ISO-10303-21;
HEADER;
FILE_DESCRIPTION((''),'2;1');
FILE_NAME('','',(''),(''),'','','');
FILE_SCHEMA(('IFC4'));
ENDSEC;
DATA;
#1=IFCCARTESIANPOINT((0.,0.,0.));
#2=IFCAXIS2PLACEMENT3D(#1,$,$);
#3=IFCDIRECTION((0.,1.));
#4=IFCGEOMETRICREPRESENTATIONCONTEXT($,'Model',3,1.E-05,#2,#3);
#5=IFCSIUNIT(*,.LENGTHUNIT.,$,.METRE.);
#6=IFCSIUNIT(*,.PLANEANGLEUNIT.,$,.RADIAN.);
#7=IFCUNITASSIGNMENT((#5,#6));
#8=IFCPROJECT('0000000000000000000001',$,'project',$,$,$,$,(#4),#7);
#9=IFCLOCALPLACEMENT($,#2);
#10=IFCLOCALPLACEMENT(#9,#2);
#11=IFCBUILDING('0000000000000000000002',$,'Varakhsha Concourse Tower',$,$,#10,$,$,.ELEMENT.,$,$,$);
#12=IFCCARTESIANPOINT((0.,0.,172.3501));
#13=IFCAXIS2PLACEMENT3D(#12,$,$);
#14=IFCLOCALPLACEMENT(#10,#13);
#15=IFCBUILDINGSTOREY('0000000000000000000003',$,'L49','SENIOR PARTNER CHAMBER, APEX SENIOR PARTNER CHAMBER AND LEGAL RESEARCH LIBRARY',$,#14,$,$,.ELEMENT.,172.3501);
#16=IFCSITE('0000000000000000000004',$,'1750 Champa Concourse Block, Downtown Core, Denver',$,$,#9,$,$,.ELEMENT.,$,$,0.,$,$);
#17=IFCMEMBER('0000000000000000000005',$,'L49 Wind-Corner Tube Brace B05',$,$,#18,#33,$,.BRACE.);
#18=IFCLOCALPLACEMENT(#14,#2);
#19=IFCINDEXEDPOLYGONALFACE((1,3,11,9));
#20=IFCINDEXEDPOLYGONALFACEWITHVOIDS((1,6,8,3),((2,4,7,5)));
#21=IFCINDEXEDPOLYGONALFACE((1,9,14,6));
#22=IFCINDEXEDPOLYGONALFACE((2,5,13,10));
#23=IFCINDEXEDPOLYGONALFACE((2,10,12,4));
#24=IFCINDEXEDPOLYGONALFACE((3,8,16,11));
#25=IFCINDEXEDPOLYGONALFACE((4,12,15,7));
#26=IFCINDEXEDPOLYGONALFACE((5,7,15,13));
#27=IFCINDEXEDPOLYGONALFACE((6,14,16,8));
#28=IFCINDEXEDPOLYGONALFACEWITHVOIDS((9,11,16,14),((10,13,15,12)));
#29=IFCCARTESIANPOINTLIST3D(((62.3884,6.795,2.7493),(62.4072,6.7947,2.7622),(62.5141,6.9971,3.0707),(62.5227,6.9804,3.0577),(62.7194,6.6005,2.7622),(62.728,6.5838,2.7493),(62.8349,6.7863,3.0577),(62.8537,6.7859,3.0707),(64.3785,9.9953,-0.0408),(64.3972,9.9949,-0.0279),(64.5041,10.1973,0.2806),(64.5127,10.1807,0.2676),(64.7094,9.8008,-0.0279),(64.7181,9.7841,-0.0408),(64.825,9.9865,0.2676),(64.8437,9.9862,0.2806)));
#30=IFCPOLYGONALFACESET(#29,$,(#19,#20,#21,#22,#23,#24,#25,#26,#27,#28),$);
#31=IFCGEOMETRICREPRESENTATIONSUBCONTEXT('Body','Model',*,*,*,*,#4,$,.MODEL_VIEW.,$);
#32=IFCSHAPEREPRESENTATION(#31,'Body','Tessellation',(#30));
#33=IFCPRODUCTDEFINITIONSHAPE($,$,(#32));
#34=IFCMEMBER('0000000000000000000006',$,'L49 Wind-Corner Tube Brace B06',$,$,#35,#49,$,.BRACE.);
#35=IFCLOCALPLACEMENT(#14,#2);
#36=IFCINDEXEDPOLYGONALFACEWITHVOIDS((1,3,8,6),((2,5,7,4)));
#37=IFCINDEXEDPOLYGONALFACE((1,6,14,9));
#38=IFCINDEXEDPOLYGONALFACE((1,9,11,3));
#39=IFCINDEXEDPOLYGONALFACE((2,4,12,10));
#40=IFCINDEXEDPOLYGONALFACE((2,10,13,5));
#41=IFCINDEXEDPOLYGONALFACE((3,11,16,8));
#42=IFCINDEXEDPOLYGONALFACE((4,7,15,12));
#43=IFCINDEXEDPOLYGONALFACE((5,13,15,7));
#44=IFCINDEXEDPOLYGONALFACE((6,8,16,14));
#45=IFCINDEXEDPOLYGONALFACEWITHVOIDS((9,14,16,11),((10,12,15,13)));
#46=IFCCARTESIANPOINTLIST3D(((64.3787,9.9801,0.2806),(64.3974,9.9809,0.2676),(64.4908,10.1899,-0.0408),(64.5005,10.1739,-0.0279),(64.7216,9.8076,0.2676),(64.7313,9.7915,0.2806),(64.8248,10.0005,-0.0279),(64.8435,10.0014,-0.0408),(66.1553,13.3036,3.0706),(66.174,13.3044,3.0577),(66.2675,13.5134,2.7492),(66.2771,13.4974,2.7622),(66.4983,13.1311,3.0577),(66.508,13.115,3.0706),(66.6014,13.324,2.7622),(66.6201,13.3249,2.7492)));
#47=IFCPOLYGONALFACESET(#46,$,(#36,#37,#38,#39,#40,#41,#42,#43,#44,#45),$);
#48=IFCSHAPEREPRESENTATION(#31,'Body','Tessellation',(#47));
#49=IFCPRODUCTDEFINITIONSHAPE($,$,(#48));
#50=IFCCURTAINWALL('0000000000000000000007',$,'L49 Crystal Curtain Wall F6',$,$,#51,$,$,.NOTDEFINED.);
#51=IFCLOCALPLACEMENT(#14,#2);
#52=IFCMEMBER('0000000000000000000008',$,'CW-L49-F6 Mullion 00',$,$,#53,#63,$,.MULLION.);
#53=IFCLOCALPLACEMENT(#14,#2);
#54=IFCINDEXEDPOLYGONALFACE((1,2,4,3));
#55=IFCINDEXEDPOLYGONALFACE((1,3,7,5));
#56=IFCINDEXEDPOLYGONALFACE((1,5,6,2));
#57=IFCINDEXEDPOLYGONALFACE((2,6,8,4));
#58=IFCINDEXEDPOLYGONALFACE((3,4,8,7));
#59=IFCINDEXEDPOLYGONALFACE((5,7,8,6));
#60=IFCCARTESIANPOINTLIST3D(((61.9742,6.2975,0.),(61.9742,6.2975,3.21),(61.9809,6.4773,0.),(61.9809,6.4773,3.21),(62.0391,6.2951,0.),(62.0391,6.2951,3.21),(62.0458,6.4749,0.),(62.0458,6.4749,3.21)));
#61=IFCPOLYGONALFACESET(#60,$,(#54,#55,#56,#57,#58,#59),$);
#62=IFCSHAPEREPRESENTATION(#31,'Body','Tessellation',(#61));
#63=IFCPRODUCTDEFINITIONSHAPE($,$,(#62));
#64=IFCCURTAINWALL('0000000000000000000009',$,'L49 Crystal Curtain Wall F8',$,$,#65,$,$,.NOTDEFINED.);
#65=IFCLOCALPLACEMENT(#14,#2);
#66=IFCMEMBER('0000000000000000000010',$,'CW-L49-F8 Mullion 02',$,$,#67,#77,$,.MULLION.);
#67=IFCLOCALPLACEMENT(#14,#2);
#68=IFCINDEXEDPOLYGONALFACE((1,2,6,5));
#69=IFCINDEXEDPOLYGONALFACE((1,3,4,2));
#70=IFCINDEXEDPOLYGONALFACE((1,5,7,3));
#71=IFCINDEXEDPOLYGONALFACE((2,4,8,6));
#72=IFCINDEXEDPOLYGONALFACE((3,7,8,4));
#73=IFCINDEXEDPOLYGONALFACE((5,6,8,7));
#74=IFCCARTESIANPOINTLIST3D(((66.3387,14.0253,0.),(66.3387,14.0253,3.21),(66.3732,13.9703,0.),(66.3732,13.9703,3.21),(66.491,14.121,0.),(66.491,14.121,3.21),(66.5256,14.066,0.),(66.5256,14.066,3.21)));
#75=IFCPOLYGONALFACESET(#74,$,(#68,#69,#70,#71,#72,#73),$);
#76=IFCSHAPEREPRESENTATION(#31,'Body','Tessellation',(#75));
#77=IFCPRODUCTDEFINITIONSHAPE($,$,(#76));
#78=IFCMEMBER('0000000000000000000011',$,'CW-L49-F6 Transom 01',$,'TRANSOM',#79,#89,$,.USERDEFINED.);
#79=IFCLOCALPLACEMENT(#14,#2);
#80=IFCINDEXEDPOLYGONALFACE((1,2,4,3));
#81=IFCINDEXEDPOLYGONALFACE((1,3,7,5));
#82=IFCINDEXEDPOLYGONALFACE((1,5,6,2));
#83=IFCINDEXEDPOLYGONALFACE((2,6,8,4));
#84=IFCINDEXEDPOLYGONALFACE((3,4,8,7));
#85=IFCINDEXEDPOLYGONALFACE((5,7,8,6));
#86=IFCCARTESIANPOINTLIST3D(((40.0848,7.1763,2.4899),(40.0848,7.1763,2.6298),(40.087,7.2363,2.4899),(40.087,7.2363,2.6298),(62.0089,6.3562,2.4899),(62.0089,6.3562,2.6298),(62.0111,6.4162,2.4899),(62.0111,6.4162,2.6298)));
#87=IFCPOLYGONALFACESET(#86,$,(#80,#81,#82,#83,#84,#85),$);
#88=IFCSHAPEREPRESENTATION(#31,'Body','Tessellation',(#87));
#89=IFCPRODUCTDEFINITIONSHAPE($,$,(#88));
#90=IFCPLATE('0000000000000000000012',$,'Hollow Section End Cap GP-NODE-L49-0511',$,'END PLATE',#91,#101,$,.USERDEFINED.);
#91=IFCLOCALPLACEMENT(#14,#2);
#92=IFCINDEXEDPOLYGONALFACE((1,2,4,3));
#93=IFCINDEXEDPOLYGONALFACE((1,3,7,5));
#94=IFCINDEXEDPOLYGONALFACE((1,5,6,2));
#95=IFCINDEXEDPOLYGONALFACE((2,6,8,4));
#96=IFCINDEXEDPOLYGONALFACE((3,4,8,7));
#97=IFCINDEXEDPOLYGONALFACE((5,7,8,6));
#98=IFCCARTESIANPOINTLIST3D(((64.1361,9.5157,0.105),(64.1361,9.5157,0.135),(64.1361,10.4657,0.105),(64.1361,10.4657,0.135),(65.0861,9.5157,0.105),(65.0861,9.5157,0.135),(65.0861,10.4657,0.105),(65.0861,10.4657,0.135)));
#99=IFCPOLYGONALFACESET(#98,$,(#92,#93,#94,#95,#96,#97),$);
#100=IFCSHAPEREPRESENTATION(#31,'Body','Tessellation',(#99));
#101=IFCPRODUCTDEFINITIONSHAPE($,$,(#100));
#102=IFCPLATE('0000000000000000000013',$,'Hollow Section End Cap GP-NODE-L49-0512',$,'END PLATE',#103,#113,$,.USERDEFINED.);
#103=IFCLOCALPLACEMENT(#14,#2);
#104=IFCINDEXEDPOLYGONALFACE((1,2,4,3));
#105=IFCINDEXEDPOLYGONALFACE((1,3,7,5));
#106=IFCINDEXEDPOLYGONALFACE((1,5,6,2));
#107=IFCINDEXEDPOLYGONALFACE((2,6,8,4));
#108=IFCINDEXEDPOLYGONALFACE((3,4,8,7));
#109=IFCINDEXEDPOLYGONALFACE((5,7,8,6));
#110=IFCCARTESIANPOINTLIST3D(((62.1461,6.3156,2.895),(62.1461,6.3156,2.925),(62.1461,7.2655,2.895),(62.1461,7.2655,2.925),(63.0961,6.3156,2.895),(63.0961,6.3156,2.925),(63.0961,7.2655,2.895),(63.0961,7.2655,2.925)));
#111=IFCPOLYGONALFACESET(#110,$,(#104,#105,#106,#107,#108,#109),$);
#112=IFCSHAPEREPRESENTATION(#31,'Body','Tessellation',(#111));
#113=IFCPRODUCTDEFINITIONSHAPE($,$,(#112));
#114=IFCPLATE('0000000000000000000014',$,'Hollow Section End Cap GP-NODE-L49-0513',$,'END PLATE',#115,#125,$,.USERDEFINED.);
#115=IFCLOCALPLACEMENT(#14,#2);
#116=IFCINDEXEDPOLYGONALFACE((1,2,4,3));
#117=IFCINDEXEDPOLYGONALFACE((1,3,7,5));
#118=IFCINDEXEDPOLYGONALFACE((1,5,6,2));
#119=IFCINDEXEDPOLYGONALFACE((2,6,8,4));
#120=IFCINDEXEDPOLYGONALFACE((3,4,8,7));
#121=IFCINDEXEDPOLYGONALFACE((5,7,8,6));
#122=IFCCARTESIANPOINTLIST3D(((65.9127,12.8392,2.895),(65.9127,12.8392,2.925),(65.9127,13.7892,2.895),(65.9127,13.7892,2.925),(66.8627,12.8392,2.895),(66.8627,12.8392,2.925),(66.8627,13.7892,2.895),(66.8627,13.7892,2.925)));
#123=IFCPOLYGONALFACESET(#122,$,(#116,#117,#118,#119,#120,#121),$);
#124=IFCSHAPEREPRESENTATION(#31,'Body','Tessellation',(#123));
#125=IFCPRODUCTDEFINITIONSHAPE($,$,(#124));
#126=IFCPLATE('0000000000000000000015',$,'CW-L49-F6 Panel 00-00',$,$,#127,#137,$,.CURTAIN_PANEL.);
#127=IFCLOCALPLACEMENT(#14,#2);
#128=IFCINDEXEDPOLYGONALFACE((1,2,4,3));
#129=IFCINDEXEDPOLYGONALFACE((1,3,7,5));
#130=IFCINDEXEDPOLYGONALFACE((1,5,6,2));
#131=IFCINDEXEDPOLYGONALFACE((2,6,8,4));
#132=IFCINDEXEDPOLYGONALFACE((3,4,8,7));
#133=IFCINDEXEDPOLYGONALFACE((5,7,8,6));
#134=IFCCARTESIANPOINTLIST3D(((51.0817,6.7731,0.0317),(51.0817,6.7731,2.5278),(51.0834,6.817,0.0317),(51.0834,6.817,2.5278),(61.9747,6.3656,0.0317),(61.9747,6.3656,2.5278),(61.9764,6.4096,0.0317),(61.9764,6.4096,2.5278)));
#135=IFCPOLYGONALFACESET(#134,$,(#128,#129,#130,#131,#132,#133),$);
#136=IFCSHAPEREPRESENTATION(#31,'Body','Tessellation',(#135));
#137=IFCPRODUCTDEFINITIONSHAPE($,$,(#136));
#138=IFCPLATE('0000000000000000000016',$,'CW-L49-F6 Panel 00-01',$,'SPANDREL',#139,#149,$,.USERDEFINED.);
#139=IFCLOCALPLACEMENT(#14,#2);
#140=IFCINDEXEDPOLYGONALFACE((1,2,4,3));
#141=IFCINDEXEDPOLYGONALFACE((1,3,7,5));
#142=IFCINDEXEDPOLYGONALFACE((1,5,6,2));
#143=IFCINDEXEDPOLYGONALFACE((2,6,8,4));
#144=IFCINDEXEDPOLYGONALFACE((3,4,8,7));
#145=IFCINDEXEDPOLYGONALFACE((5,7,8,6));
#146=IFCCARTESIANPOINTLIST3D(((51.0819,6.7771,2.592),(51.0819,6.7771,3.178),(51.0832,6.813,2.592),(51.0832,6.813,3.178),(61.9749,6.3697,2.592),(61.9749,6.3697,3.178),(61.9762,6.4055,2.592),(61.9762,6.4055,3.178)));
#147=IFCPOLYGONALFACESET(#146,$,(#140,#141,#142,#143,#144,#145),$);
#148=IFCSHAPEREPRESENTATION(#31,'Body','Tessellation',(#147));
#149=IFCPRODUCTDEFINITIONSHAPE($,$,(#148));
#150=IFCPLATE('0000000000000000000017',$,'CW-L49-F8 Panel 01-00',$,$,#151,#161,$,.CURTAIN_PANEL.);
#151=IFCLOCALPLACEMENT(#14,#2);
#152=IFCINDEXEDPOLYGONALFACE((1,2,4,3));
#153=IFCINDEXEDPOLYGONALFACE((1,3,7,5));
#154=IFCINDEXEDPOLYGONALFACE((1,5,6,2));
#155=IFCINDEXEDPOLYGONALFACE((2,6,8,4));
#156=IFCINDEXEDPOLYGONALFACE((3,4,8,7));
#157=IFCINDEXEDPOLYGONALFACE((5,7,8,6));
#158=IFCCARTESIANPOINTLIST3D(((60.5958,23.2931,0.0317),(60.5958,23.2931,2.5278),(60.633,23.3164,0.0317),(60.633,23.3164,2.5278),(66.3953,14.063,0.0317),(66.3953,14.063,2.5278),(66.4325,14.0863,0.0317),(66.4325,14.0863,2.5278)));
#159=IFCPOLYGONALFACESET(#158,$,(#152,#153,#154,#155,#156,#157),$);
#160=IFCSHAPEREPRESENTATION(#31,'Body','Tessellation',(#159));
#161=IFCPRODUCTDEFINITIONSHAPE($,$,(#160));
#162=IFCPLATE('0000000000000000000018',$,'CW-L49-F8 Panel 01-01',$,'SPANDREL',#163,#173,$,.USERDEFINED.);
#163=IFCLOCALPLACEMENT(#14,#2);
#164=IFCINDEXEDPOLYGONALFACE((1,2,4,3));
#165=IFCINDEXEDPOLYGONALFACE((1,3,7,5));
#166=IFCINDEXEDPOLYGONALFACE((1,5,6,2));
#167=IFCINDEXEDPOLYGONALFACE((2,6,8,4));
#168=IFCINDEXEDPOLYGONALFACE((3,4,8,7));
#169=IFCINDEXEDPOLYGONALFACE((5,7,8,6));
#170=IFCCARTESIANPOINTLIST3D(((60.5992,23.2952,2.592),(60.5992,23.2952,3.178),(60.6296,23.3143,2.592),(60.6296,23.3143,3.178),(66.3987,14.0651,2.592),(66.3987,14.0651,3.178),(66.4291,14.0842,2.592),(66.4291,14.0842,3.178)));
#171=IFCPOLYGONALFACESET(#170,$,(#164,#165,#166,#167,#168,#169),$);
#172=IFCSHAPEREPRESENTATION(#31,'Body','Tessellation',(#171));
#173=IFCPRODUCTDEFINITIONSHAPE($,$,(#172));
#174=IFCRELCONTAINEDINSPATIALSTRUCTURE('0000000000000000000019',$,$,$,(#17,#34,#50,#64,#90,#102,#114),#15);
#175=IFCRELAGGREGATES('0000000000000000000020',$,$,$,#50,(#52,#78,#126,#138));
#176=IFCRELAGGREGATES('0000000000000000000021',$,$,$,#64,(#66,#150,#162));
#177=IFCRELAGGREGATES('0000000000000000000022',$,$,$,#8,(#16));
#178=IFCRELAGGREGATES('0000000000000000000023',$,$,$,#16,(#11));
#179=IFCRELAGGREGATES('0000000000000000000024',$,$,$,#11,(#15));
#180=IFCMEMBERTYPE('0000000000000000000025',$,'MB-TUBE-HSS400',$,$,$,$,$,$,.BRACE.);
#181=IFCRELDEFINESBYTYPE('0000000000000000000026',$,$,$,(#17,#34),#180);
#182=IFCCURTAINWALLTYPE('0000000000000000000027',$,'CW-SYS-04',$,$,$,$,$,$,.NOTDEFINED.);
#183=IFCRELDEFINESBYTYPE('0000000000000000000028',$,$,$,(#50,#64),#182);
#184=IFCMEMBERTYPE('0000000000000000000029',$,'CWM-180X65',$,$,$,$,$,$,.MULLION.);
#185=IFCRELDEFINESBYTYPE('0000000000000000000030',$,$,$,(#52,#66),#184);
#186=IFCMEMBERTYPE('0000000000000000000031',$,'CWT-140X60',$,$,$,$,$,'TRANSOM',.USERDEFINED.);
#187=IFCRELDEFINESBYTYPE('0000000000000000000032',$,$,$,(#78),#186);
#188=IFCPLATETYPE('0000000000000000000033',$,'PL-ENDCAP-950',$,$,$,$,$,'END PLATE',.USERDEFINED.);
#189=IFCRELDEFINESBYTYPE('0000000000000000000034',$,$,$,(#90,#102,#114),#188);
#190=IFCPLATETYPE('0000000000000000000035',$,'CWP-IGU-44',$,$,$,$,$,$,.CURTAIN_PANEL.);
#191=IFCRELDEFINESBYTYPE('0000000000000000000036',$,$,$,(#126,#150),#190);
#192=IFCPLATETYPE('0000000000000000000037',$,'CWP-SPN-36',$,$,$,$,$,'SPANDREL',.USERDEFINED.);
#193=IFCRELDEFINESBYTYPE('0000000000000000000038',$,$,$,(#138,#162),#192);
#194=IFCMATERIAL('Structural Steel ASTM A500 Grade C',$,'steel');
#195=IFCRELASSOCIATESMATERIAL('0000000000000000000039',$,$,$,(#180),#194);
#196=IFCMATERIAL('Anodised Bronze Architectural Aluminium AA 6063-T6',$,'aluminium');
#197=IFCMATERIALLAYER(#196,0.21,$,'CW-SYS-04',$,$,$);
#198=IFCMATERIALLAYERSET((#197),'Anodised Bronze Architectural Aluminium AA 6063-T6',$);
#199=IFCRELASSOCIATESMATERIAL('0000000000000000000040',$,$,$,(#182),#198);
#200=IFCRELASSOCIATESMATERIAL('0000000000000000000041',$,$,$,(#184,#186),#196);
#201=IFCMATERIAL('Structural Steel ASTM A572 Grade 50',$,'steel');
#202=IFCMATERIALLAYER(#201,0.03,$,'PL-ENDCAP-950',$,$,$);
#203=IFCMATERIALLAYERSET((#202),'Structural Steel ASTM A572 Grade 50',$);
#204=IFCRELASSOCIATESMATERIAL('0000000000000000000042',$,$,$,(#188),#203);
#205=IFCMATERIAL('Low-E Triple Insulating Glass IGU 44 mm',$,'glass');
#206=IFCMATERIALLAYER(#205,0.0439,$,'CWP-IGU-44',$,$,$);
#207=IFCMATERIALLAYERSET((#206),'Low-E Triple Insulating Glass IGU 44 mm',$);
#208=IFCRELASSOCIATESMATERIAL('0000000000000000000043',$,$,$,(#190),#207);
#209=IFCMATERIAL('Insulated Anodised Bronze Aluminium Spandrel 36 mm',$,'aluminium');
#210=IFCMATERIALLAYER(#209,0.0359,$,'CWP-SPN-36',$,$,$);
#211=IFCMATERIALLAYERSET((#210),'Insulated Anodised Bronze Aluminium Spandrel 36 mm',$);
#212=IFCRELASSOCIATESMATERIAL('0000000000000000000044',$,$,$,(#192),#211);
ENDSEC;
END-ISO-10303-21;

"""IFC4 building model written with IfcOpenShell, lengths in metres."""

from ifc_helpers import new_model, si_unit, direction, frame, origin, origin_2d, place, context, subcontext, project, spatial, rectangle, hollow_rectangle, extrude, source, transform, mapped, material, layer, layer_set, material_profile, profile_set, type_object, type_shapes, element, aggregate, save


model = new_model("IFC4")

# Units and contexts
model_context = context("Model", 3, precision=1e-05, world=origin(), true_north=direction((0.0, 1.0)))
body_context = subcontext(model_context, "Body", "Model", "MODEL_VIEW")
ifc_project = project(units=[si_unit("LENGTHUNIT", "METRE"), si_unit("PLANEANGLEUNIT", "RADIAN")], contexts=[model_context])

# Site, building, storey
site_placement = place(None, origin())
site = spatial("IfcSite", under=ifc_project, at=site_placement, Name="1750 Champa Concourse Block, Downtown Core, Denver", CompositionType="ELEMENT", RefElevation=0.0)
building_placement = place(site_placement, origin())
building = spatial("IfcBuilding", under=site, at=building_placement, Name="Varakhsha Concourse Tower", CompositionType="ELEMENT")
storey_placement = place(building_placement, frame((0.0, 0.0, 172.3501)))
storey = spatial("IfcBuildingStorey", under=building, at=storey_placement, Name="L49", Description="SENIOR PARTNER CHAMBER, APEX SENIOR PARTNER CHAMBER AND LEGAL RESEARCH LIBRARY", CompositionType="ELEMENT", Elevation=172.3501)

# Shared definitions
ifc_material_1 = material(Name="Structural Steel ASTM A572 Grade 50", Category="steel")

# Members
ifc_material_2 = material(Name="Structural Steel ASTM A500 Grade C", Category="steel")
ifc_material_profile_1 = material_profile(ifc_material_2, hollow_rectangle(XDim=0.3999, YDim=0.3999, WallThickness=0.0161, at=origin_2d()), Name="HSS 400x400x16")
ifc_profile_set_1 = profile_set([ifc_material_profile_1], Name="Structural Steel ASTM A500 Grade C")
member_type_1 = type_object("IfcMemberType", Name="MB-TUBE-HSS400", PredefinedType="BRACE", material=ifc_profile_set_1)
shared_shape_1 = source(origin(), body_context, "Body", "SweptSolid", [
    extrude(hollow_rectangle(XDim=0.3999, YDim=0.3999, WallThickness=0.0161, at=origin_2d()), origin(), (0.0, 0.0, 1.0), 4.689),
])
type_shapes(member_type_1, [shared_shape_1])
for number, where, z_axis, x_axis, name in (
    (1, (64.6111, 9.9907, 0.1199), (-0.424406, -0.682507, 0.595033), (0.849204, -0.528064, 0.0), "L49 Wind-Corner Tube Brace B05"),
    (2, (64.6111, 9.9907, 0.1199), (0.378893, 0.708792, 0.595025), (-0.881902, 0.471432, 0.0), "L49 Wind-Corner Tube Brace B06"),
):
    element("IfcMember", number, at=place(storey_placement, frame(where, z_axis=z_axis, x_axis=x_axis)), inside=storey, type_object=member_type_1, Name=name, PredefinedType="BRACE", context=body_context, shape_type="MappedRepresentation", body=[
        mapped(shared_shape_1, transform((0.0, 0.0, 0.0), scale=1.0)),
    ])

# Curtain walls, members
ifc_material_3 = material(Name="Anodised Bronze Architectural Aluminium AA 6063-T6", Category="aluminium")
ifc_layer_1 = layer(ifc_material_3, 0.21, Name="CW-SYS-04")
ifc_layer_set_1 = layer_set([ifc_layer_1], Name="Anodised Bronze Architectural Aluminium AA 6063-T6")
curtain_wall_type = type_object("IfcCurtainWallType", Name="CW-SYS-04", PredefinedType="NOTDEFINED", material=ifc_layer_set_1)
curtain_wall_1_placement = place(storey_placement, origin())
curtain_wall_1 = element("IfcCurtainWall", 3, at=curtain_wall_1_placement, inside=storey, type_object=curtain_wall_type, Name="L49 Crystal Curtain Wall F6", PredefinedType="NOTDEFINED")
ifc_material_profile_2 = material_profile(ifc_material_3, rectangle(XDim=0.0649, YDim=0.1799, at=origin_2d()), Name="CWM-180X65")
ifc_profile_set_2 = profile_set([ifc_material_profile_2], Name="Anodised Bronze Architectural Aluminium AA 6063-T6")
member_type_2 = type_object("IfcMemberType", Name="CWM-180X65", PredefinedType="MULLION", material=ifc_profile_set_2)
shared_shape_2 = source(origin(), body_context, "Body", "SweptSolid", [
    extrude(rectangle(XDim=0.0649, YDim=0.1799, at=origin_2d()), origin(), (0.0, 0.0, 1.0), 3.21),
])
type_shapes(member_type_2, [shared_shape_2])
member_1_placement = place(storey_placement, frame((62.01, 6.3862, 0.0), z_axis=(0.0, 0.0, 1.0), x_axis=(-0.999301, 0.037376, 0.0)))
member_1 = element("IfcMember", 4, at=member_1_placement, type_object=member_type_2, Name="CW-L49-F6 Mullion 00", PredefinedType="MULLION", context=body_context, shape_type="MappedRepresentation", body=[
    mapped(shared_shape_2, transform((0.0, 0.0, 0.0), scale=1.0)),
])
curtain_wall_2_placement = place(storey_placement, origin())
curtain_wall_2 = element("IfcCurtainWall", 5, at=curtain_wall_2_placement, inside=storey, type_object=curtain_wall_type, Name="L49 Crystal Curtain Wall F8", PredefinedType="NOTDEFINED")
member_2_placement = place(storey_placement, frame((66.4321, 14.0457, 0.0), z_axis=(0.0, 0.0, 1.0), x_axis=(0.532022, -0.84673, 0.0)))
member_2 = element("IfcMember", 6, at=member_2_placement, type_object=member_type_2, Name="CW-L49-F8 Mullion 02", PredefinedType="MULLION", context=body_context, shape_type="MappedRepresentation", body=[
    mapped(shared_shape_2, transform((0.0, 0.0, 0.0), scale=1.0)),
])

# Member
ifc_material_profile_3 = material_profile(ifc_material_3, rectangle(XDim=0.0601, YDim=0.1399, at=origin_2d()), Name="CWT-140X60")
ifc_profile_set_3 = profile_set([ifc_material_profile_3], Name="Anodised Bronze Architectural Aluminium AA 6063-T6")
member_type_3 = type_object("IfcMemberType", Name="CWT-140X60", ElementType="TRANSOM", PredefinedType="USERDEFINED", material=ifc_profile_set_3)
shared_shape_3 = source(origin(), body_context, "Body", "SweptSolid", [
    extrude(rectangle(XDim=0.0601, YDim=0.1399, at=origin_2d()), origin(), (0.0, 0.0, 1.0), 21.9395),
])
type_shapes(member_type_3, [shared_shape_3])
member_3_placement = place(storey_placement, frame((62.01, 6.3862, 2.5598), z_axis=(-0.999301, 0.037379, 0.0), x_axis=(-0.037379, -0.999301, 0.0)))
member_3 = element("IfcMember", 7, at=member_3_placement, type_object=member_type_3, Name="CW-L49-F6 Transom 01", ObjectType="TRANSOM", PredefinedType="USERDEFINED", context=body_context, shape_type="MappedRepresentation", body=[
    mapped(shared_shape_3, transform((0.0, 0.0, 0.0), scale=1.0)),
])

# Plates
ifc_layer_2 = layer(ifc_material_1, 0.03, Name="PL-ENDCAP-950")
ifc_layer_set_2 = layer_set([ifc_layer_2], Name="Structural Steel ASTM A572 Grade 50")
plate_type_1 = type_object("IfcPlateType", Name="PL-ENDCAP-950", ElementType="END PLATE", PredefinedType="USERDEFINED", material=ifc_layer_set_2)
shared_shape_4 = source(origin(), body_context, "Body", "SweptSolid", [
    extrude(rectangle(XDim=0.95, YDim=0.95, at=origin_2d()), origin(), (0.0, 0.0, 1.0), 0.03),
])
type_shapes(plate_type_1, [shared_shape_4])
for number, where, z_axis, x_axis, name in (
    (8, (64.6111, 9.9907, 0.105), (0.0, 0.0, 1.0), (1.0, 0.0, 0.0), "Hollow Section End Cap GP-NODE-L49-0511"),
    (9, (62.6211, 6.7905, 2.895), (0.0, 0.0, 1.0), (1.0, 0.0, 0.0), "Hollow Section End Cap GP-NODE-L49-0512"),
    (10, (66.3877, 13.3142, 2.895), (0.0, 0.0, 1.0), (1.0, 0.0, 0.0), "Hollow Section End Cap GP-NODE-L49-0513"),
):
    element("IfcPlate", number, at=place(storey_placement, frame(where, z_axis=z_axis, x_axis=x_axis)), inside=storey, type_object=plate_type_1, Name=name, ObjectType="END PLATE", PredefinedType="USERDEFINED", context=body_context, shape_type="MappedRepresentation", body=[
        mapped(shared_shape_4, transform((0.0, 0.0, 0.0), scale=1.0)),
    ])

# Plates
ifc_material_4 = material(Name="Low-E Triple Insulating Glass IGU 44 mm", Category="glass")
ifc_layer_3 = layer(ifc_material_4, 0.0439, Name="CWP-IGU-44")
ifc_layer_set_3 = layer_set([ifc_layer_3], Name="Low-E Triple Insulating Glass IGU 44 mm")
plate_type_2 = type_object("IfcPlateType", Name="CWP-IGU-44", PredefinedType="CURTAIN_PANEL", material=ifc_layer_set_3)
shared_shape_5 = source(origin(), body_context, "Body", "SweptSolid", [
    extrude(rectangle(XDim=10.9006, YDim=0.0439, at=origin_2d()), origin(), (0.0, 0.0, 1.0), 2.4961),
])
plate_1_placement = place(storey_placement, frame((56.5291, 6.5913, 0.0317), z_axis=(0.0, 0.0, 1.0), x_axis=(-0.999301, 0.037376, 0.0)))
plate_1 = element("IfcPlate", 11, at=plate_1_placement, type_object=plate_type_2, Name="CW-L49-F6 Panel 00-00", PredefinedType="CURTAIN_PANEL", context=body_context, shape_type="MappedRepresentation", body=[
    mapped(shared_shape_5, transform((0.0, 0.0, 0.0), scale=1.0)),
])
ifc_material_5 = material(Name="Insulated Anodised Bronze Aluminium Spandrel 36 mm", Category="aluminium")
ifc_layer_4 = layer(ifc_material_5, 0.0359, Name="CWP-SPN-36")
ifc_layer_set_4 = layer_set([ifc_layer_4], Name="Insulated Anodised Bronze Aluminium Spandrel 36 mm")
plate_type_3 = type_object("IfcPlateType", Name="CWP-SPN-36", ElementType="SPANDREL", PredefinedType="USERDEFINED", material=ifc_layer_set_4)
shared_shape_6 = source(origin(), body_context, "Body", "SweptSolid", [
    extrude(rectangle(XDim=10.9006, YDim=0.0359, at=origin_2d()), origin(), (0.0, 0.0, 1.0), 0.5859),
])
plate_2_placement = place(storey_placement, frame((56.5291, 6.5913, 2.592), z_axis=(0.0, 0.0, 1.0), x_axis=(-0.999301, 0.037376, 0.0)))
plate_2 = element("IfcPlate", 12, at=plate_2_placement, type_object=plate_type_3, Name="CW-L49-F6 Panel 00-01", ObjectType="SPANDREL", PredefinedType="USERDEFINED", context=body_context, shape_type="MappedRepresentation", body=[
    mapped(shared_shape_6, transform((0.0, 0.0, 0.0), scale=1.0)),
])
aggregate(curtain_wall_1, [member_1, member_3, plate_1, plate_2])
shared_shape_7 = source(origin(), body_context, "Body", "SweptSolid", [
    extrude(rectangle(XDim=10.9009, YDim=0.0439, at=origin_2d()), origin(), (0.0, 0.0, 1.0), 2.4961),
])
type_shapes(plate_type_2, [shared_shape_5, shared_shape_7])
plate_3_placement = place(storey_placement, frame((63.5142, 18.6897, 0.0317), z_axis=(0.0, 0.0, 1.0), x_axis=(0.532022, -0.84673, 0.0)))
plate_3 = element("IfcPlate", 13, at=plate_3_placement, type_object=plate_type_2, Name="CW-L49-F8 Panel 01-00", PredefinedType="CURTAIN_PANEL", context=body_context, shape_type="MappedRepresentation", body=[
    mapped(shared_shape_7, transform((0.0, 0.0, 0.0), scale=1.0)),
])
shared_shape_8 = source(origin(), body_context, "Body", "SweptSolid", [
    extrude(rectangle(XDim=10.9009, YDim=0.0359, at=origin_2d()), origin(), (0.0, 0.0, 1.0), 0.5859),
])
type_shapes(plate_type_3, [shared_shape_6, shared_shape_8])
plate_4_placement = place(storey_placement, frame((63.5142, 18.6897, 2.592), z_axis=(0.0, 0.0, 1.0), x_axis=(0.532022, -0.84673, 0.0)))
plate_4 = element("IfcPlate", 14, at=plate_4_placement, type_object=plate_type_3, Name="CW-L49-F8 Panel 01-01", ObjectType="SPANDREL", PredefinedType="USERDEFINED", context=body_context, shape_type="MappedRepresentation", body=[
    mapped(shared_shape_8, transform((0.0, 0.0, 0.0), scale=1.0)),
])
aggregate(curtain_wall_2, [member_2, plate_3, plate_4])

save(model, "model.ifc")
